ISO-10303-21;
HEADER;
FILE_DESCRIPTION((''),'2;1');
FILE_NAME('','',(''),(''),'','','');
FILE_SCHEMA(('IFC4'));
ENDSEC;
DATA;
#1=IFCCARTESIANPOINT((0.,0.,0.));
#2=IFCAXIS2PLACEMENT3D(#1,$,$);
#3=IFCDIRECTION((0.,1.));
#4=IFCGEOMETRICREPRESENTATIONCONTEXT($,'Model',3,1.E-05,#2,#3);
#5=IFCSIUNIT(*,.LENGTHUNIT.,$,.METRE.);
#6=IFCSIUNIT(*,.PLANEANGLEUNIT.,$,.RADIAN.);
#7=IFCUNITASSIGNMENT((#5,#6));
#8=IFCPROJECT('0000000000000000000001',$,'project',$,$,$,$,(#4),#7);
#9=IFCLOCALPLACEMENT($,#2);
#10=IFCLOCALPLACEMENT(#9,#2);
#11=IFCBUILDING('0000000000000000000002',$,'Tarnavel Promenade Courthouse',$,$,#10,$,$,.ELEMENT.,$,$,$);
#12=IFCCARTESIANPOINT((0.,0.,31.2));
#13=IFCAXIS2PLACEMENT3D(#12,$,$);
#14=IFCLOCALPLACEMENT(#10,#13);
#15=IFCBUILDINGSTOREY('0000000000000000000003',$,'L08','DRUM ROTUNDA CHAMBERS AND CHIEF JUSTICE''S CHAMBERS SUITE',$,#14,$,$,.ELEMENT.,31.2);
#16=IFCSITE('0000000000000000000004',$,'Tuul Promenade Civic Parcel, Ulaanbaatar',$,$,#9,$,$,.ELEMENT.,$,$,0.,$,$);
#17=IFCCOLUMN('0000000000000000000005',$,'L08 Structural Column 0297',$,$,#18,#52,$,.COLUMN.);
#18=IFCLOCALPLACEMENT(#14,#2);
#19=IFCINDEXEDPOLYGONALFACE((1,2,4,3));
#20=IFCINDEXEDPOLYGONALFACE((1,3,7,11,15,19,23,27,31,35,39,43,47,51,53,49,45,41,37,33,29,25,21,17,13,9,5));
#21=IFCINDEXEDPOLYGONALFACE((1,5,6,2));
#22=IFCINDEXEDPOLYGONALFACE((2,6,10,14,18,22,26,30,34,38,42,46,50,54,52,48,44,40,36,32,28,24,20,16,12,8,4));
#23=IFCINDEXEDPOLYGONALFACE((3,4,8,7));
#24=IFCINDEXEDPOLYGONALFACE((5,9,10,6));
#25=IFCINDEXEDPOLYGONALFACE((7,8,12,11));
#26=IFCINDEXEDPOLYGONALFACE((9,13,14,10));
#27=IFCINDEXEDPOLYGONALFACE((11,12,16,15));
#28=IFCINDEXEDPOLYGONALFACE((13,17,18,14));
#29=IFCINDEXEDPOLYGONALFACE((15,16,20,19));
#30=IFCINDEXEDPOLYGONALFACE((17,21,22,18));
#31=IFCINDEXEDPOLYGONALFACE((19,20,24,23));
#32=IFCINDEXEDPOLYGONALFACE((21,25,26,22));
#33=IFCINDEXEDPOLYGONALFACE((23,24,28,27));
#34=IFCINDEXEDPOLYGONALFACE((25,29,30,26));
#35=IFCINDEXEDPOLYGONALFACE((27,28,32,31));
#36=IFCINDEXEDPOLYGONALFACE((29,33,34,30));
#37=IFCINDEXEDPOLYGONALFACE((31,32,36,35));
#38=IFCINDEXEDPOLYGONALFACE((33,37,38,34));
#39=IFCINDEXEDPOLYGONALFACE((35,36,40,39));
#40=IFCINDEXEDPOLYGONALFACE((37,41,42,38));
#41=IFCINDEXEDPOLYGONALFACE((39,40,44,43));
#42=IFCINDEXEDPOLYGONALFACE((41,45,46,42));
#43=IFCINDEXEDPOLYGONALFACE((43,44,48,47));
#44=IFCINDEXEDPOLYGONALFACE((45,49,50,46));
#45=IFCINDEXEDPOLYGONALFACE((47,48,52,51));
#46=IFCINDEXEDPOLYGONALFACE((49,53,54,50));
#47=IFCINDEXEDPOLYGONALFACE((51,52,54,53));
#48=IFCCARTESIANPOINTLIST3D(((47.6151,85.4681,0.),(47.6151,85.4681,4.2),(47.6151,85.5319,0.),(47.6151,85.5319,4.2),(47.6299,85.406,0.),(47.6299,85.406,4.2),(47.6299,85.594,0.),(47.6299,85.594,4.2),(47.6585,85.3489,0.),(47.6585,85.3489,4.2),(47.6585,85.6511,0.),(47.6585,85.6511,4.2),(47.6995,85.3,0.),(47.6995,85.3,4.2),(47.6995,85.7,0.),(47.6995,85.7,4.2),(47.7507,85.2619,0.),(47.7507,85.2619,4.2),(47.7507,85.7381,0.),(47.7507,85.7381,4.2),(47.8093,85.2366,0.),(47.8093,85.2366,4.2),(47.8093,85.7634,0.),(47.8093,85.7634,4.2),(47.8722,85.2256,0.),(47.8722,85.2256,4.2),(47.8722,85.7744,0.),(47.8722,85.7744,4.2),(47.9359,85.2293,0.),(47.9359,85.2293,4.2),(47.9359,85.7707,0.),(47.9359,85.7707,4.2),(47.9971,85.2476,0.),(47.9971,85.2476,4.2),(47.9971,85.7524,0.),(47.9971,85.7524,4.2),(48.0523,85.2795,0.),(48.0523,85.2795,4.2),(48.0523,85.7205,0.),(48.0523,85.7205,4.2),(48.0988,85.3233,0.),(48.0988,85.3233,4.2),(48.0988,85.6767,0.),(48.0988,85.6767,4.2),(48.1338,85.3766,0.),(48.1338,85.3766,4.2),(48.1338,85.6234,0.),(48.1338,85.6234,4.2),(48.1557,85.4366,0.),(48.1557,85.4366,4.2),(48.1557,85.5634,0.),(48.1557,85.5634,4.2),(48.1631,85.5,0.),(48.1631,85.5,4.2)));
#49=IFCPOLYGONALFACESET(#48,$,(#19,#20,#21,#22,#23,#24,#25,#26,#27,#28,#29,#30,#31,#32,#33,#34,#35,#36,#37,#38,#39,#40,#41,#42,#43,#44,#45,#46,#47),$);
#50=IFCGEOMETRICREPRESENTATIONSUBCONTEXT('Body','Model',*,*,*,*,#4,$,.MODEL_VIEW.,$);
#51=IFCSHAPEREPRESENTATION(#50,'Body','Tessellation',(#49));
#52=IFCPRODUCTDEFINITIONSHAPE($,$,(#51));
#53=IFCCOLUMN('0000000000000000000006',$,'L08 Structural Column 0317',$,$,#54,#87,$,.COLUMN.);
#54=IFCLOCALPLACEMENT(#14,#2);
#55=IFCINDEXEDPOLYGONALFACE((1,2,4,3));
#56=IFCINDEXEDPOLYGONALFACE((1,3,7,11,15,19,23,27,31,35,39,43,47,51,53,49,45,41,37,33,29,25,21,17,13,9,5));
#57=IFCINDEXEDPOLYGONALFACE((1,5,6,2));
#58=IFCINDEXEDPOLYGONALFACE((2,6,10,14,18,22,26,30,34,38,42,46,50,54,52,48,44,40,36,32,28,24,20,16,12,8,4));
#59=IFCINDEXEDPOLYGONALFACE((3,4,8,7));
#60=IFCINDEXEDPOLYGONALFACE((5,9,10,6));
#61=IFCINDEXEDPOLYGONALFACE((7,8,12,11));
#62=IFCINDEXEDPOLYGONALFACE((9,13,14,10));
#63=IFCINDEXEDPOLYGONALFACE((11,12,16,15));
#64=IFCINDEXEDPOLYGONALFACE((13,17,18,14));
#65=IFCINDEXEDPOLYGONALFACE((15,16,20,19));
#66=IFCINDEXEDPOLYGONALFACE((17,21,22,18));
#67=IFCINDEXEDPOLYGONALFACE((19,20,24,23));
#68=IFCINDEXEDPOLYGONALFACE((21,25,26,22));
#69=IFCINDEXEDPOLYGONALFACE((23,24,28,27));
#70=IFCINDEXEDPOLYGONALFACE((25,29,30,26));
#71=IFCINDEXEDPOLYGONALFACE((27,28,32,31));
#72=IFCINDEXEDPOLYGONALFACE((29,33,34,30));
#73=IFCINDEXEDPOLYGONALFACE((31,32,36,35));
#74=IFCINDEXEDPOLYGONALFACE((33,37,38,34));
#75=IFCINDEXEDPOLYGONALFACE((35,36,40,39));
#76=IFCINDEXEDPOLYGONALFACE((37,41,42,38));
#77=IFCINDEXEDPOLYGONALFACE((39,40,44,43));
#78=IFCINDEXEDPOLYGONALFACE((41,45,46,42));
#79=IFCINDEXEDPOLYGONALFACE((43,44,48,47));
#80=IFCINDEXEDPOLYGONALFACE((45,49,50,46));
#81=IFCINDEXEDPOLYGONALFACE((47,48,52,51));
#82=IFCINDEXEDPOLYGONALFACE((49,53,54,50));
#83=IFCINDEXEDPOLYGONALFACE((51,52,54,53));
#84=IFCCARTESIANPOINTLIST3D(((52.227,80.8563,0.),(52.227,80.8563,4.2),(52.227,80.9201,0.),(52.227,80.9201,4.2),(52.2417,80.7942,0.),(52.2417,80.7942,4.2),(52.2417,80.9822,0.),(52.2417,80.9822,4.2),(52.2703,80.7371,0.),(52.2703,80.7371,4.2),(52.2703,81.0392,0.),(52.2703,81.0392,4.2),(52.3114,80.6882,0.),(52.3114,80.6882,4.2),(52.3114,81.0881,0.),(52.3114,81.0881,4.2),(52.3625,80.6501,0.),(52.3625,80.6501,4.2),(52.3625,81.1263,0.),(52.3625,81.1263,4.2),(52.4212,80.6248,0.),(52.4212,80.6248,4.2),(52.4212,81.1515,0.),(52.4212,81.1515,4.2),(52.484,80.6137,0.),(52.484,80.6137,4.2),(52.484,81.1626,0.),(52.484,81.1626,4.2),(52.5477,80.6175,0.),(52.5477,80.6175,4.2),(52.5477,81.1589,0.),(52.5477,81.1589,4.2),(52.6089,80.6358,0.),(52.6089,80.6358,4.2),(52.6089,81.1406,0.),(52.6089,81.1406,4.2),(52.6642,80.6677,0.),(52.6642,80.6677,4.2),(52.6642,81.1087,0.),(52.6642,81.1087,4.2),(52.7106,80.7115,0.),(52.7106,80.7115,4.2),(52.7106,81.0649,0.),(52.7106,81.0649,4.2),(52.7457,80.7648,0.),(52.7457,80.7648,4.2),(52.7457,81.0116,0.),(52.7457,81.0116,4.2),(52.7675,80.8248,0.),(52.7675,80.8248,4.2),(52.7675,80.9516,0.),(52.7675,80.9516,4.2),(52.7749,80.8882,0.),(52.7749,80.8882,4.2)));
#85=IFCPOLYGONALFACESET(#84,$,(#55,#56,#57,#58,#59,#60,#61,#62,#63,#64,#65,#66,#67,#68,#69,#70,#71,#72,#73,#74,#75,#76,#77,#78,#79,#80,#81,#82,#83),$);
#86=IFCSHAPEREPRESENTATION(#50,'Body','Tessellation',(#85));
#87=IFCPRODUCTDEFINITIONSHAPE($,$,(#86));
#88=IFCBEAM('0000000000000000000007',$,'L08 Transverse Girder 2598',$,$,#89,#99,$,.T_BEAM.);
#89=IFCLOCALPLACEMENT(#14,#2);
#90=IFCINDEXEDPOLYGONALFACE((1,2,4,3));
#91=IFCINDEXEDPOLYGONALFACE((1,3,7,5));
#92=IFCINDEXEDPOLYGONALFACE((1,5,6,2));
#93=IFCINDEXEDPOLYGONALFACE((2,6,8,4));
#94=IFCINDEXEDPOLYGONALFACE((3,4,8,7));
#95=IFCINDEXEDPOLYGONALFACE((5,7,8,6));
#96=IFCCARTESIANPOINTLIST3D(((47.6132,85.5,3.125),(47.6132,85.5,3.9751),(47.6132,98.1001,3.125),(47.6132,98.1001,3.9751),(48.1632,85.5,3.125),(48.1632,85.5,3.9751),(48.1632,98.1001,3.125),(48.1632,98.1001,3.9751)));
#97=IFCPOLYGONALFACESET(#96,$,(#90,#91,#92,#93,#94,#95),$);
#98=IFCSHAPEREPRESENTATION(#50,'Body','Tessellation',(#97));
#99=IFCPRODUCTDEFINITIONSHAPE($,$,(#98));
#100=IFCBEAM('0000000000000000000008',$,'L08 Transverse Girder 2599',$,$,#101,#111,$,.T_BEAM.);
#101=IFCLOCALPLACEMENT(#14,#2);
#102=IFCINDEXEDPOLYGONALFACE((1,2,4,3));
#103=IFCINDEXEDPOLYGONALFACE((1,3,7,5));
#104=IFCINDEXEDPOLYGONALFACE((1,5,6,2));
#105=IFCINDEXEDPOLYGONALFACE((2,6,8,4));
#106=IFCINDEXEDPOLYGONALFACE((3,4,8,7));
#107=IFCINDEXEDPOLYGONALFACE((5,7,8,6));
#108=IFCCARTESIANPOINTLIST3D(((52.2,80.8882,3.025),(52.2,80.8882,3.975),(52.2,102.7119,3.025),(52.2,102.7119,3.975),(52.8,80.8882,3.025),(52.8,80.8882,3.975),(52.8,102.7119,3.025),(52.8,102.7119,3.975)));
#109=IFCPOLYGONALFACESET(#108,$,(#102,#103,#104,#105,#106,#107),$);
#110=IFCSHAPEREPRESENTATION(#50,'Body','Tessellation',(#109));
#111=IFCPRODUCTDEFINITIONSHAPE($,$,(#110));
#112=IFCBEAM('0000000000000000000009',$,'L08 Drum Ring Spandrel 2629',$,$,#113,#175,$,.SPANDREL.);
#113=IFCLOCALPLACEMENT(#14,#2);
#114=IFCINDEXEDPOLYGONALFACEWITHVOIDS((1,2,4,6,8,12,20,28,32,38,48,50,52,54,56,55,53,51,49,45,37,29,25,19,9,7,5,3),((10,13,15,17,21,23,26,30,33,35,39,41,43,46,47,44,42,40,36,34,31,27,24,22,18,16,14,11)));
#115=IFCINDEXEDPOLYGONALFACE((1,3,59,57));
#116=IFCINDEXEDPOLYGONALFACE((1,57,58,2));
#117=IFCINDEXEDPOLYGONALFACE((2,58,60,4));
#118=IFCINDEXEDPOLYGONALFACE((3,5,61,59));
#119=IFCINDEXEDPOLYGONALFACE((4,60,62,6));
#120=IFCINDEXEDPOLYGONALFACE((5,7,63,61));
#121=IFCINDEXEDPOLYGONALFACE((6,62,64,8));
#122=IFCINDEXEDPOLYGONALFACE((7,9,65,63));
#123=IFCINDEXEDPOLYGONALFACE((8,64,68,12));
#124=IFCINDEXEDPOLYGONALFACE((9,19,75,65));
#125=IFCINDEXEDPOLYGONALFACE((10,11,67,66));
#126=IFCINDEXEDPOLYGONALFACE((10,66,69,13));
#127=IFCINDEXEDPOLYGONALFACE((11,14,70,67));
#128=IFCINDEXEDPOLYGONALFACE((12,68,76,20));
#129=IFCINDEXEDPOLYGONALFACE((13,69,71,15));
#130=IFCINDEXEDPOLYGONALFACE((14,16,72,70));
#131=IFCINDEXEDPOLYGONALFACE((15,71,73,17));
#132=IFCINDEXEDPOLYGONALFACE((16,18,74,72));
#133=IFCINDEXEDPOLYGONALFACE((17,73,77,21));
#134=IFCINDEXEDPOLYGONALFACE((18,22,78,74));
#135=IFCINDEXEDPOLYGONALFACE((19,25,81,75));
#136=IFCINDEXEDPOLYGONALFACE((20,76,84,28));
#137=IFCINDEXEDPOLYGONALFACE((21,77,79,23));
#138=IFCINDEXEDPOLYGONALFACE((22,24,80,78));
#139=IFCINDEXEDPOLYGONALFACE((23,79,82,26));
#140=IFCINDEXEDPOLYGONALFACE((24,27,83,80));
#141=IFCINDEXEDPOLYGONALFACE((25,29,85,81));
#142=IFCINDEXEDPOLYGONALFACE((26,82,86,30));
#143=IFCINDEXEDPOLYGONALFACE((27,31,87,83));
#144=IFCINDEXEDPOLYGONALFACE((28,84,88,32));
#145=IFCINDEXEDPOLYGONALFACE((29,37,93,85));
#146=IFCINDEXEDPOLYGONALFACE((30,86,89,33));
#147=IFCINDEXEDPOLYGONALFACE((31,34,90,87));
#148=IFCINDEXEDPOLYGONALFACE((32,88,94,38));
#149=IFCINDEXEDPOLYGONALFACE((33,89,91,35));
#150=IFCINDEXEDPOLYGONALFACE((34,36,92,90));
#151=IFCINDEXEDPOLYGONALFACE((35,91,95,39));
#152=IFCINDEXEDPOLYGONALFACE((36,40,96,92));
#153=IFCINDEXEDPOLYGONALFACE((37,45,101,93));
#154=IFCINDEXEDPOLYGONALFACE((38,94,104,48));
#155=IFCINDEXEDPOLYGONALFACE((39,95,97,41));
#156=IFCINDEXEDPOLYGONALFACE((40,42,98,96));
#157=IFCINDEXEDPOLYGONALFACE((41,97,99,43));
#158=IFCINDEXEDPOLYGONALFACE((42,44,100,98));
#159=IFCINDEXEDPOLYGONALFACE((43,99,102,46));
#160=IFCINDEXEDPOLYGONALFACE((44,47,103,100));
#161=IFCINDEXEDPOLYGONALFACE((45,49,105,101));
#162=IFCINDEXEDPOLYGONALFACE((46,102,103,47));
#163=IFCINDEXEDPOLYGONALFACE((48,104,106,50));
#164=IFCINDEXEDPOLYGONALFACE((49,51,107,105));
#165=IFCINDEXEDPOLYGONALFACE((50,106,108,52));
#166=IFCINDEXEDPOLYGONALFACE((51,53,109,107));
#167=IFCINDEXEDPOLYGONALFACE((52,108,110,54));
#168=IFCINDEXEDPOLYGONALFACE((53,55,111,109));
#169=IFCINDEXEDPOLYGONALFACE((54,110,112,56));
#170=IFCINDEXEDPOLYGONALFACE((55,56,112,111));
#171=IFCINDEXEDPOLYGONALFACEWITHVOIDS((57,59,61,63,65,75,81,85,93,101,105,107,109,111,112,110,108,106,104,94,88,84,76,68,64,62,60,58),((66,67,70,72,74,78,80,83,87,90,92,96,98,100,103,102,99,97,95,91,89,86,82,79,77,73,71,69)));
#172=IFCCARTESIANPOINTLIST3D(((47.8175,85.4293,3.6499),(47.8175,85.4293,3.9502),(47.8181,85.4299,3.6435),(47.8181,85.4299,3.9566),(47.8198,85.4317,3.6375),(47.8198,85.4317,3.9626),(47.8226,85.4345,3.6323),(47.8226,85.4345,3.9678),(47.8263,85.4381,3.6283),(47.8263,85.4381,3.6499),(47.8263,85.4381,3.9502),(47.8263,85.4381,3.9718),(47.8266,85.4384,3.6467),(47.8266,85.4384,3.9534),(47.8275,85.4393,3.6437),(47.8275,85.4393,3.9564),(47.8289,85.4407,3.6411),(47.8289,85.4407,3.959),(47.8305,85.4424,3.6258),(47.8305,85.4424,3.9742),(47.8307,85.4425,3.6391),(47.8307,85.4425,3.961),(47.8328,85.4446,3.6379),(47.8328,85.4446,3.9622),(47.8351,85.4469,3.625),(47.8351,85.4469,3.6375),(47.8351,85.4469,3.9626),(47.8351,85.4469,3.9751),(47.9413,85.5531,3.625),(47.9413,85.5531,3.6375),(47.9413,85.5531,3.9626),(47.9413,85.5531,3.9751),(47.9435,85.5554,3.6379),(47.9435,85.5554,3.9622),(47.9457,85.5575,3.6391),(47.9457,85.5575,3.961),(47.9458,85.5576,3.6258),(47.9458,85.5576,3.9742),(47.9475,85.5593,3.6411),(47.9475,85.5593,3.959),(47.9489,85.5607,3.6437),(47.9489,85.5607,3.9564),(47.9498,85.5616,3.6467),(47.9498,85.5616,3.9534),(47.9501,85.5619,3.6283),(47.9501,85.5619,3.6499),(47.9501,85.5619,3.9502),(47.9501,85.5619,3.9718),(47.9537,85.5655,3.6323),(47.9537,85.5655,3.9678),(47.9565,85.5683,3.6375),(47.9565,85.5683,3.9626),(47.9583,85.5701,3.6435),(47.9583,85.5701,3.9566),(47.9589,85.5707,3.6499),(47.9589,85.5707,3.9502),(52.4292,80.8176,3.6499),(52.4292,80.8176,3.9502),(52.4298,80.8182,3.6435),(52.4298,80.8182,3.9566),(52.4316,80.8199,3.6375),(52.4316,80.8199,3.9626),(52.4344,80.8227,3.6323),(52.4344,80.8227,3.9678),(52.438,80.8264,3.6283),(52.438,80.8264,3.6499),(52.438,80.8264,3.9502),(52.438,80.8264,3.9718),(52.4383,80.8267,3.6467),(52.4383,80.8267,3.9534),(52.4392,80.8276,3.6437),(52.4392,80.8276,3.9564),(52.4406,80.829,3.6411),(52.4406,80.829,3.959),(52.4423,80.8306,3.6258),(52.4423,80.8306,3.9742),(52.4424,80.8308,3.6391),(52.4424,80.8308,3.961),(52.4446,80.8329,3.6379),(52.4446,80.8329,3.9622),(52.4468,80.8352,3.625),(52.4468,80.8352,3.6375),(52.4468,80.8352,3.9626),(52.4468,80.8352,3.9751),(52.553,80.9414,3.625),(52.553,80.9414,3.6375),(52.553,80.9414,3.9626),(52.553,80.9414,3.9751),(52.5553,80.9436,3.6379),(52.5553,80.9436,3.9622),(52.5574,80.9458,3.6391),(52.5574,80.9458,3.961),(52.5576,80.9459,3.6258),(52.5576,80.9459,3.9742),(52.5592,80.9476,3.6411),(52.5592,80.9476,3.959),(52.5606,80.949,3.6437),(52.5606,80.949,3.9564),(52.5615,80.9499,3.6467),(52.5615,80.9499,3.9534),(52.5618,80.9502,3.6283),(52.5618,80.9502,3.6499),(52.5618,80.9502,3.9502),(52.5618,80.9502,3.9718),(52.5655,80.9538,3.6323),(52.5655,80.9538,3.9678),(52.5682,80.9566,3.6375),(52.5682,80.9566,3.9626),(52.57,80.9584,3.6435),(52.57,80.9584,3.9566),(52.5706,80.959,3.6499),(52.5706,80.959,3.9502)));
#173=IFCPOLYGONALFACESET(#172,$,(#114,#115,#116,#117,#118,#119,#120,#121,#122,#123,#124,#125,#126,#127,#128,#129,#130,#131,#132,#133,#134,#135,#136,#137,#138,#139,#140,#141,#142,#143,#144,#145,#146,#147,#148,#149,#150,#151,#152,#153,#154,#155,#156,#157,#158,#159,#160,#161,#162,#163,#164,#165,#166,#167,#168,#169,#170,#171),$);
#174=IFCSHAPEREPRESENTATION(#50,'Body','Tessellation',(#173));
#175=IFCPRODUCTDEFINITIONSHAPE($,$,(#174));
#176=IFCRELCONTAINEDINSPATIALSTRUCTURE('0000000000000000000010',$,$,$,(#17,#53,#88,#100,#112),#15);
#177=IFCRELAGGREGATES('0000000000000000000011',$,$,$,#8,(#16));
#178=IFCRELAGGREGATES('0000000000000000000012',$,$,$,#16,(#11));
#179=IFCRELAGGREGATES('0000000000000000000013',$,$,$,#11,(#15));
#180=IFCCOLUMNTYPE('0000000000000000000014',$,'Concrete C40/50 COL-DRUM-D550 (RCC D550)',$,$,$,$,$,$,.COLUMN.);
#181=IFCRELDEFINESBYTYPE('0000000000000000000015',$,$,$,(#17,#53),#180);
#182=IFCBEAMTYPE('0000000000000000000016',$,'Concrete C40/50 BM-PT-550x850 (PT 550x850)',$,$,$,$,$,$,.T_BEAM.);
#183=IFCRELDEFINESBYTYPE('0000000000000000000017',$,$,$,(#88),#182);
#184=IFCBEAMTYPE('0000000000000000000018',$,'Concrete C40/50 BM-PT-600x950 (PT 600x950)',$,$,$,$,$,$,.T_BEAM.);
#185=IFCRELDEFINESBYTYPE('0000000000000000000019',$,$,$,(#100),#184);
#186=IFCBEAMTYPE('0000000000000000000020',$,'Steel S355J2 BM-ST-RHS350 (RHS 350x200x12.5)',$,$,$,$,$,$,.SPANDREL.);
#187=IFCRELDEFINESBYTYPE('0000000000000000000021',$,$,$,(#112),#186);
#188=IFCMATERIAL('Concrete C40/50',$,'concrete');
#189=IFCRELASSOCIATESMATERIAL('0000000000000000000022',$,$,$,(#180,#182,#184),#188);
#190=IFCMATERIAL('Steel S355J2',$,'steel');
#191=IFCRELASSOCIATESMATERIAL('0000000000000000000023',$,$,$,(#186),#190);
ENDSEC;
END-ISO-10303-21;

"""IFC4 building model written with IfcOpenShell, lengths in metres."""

from ifc_helpers import new_model, si_unit, direction, frame, origin, origin_2d, place, context, subcontext, project, spatial, rectangle, hollow_rectangle, circle, extrude, material, material_profile, profile_set, type_object, element, save


model = new_model("IFC4")

# Units and contexts
model_context = context("Model", 3, precision=1e-05, world=origin(), true_north=direction((0.0, 1.0)))
body_context = subcontext(model_context, "Body", "Model", "MODEL_VIEW")
ifc_project = project(units=[si_unit("LENGTHUNIT", "METRE"), si_unit("PLANEANGLEUNIT", "RADIAN")], contexts=[model_context])

# Site, building, storey
site_placement = place(None, origin())
site = spatial("IfcSite", under=ifc_project, at=site_placement, Name="Tuul Promenade Civic Parcel, Ulaanbaatar", CompositionType="ELEMENT", RefElevation=0.0)
building_placement = place(site_placement, origin())
building = spatial("IfcBuilding", under=site, at=building_placement, Name="Tarnavel Promenade Courthouse", CompositionType="ELEMENT")
storey_placement = place(building_placement, frame((0.0, 0.0, 31.2)))
storey = spatial("IfcBuildingStorey", under=building, at=storey_placement, Name="L08", Description="DRUM ROTUNDA CHAMBERS AND CHIEF JUSTICE'S CHAMBERS SUITE", CompositionType="ELEMENT", Elevation=31.2)

# Columns
ifc_material_1 = material(Name="Concrete C40/50", Category="concrete")
ifc_material_profile_1 = material_profile(ifc_material_1, circle(Radius=0.2749, at=origin_2d()), Name="RCC D550")
ifc_profile_set_1 = profile_set([ifc_material_profile_1], Name="Concrete C40/50")
column_type = type_object("IfcColumnType", Name="Concrete C40/50 COL-DRUM-D550 (RCC D550)", PredefinedType="COLUMN", material=ifc_profile_set_1)
for number, where, z_axis, x_axis, name in (
    (1, (47.8882, 85.5, 0.0), (0.0, 0.0, 1.0), (1.0, 0.0, 0.0), "L08 Structural Column 0297"),
    (2, (52.5, 80.8882, 0.0), (0.0, 0.0, 1.0), (1.0, 0.0, 0.0), "L08 Structural Column 0317"),
):
    element("IfcColumn", number, at=place(storey_placement, frame(where, z_axis=z_axis, x_axis=x_axis)), inside=storey, type_object=column_type, Name=name, PredefinedType="COLUMN", context=body_context, shape_type="SweptSolid", body=[
        extrude(circle(Radius=0.2749, at=origin_2d()), origin(), (0.0, 0.0, 1.0), 4.2),
    ])

# Beams
ifc_material_profile_2 = material_profile(ifc_material_1, rectangle(XDim=0.55, YDim=0.8501, at=origin_2d()), Name="PT 550x850")
ifc_profile_set_2 = profile_set([ifc_material_profile_2], Name="Concrete C40/50")
beam_type_1 = type_object("IfcBeamType", Name="Concrete C40/50 BM-PT-550x850 (PT 550x850)", PredefinedType="T_BEAM", material=ifc_profile_set_2)
beam_1_placement = place(storey_placement, frame((47.8882, 85.5, 3.55), z_axis=(0.0, 1.0, 0.0), x_axis=(-1.0, 0.0, 0.0)))
element("IfcBeam", 3, at=beam_1_placement, inside=storey, type_object=beam_type_1, Name="L08 Transverse Girder 2598", PredefinedType="T_BEAM", context=body_context, shape_type="SweptSolid", body=[
    extrude(rectangle(XDim=0.55, YDim=0.8501, at=origin_2d()), origin(), (0.0, 0.0, 1.0), 12.6001),
])
ifc_material_profile_3 = material_profile(ifc_material_1, rectangle(XDim=0.6001, YDim=0.95, at=origin_2d()), Name="PT 600x950")
ifc_profile_set_3 = profile_set([ifc_material_profile_3], Name="Concrete C40/50")
beam_type_2 = type_object("IfcBeamType", Name="Concrete C40/50 BM-PT-600x950 (PT 600x950)", PredefinedType="T_BEAM", material=ifc_profile_set_3)
beam_2_placement = place(storey_placement, frame((52.5, 80.8882, 3.5), z_axis=(0.0, 1.0, 0.0), x_axis=(-1.0, 0.0, 0.0)))
element("IfcBeam", 4, at=beam_2_placement, inside=storey, type_object=beam_type_2, Name="L08 Transverse Girder 2599", PredefinedType="T_BEAM", context=body_context, shape_type="SweptSolid", body=[
    extrude(rectangle(XDim=0.6001, YDim=0.95, at=origin_2d()), origin(), (0.0, 0.0, 1.0), 21.8237),
])
ifc_material_2 = material(Name="Steel S355J2", Category="steel")
ifc_material_profile_4 = material_profile(ifc_material_2, hollow_rectangle(XDim=0.2, YDim=0.3501, WallThickness=0.0125, InnerFilletRadius=0.0125, OuterFilletRadius=0.0249, at=origin_2d()), Name="RHS 350x200x12.5")
ifc_profile_set_4 = profile_set([ifc_material_profile_4], Name="Steel S355J2")
beam_type_3 = type_object("IfcBeamType", Name="Steel S355J2 BM-ST-RHS350 (RHS 350x200x12.5)", PredefinedType="SPANDREL", material=ifc_profile_set_4)
beam_3_placement = place(storey_placement, frame((47.8882, 85.5, 3.8), z_axis=(0.707107, -0.707107, 0.0), x_axis=(0.707107, 0.707107, 0.0)))
element("IfcBeam", 5, at=beam_3_placement, inside=storey, type_object=beam_type_3, Name="L08 Drum Ring Spandrel 2629", PredefinedType="SPANDREL", context=body_context, shape_type="SweptSolid", body=[
    extrude(hollow_rectangle(XDim=0.2, YDim=0.3501, WallThickness=0.0125, InnerFilletRadius=0.0125, OuterFilletRadius=0.0249, at=origin_2d()), origin(), (0.0, 0.0, 1.0), 6.522),
])

save(model, "model.ifc")
